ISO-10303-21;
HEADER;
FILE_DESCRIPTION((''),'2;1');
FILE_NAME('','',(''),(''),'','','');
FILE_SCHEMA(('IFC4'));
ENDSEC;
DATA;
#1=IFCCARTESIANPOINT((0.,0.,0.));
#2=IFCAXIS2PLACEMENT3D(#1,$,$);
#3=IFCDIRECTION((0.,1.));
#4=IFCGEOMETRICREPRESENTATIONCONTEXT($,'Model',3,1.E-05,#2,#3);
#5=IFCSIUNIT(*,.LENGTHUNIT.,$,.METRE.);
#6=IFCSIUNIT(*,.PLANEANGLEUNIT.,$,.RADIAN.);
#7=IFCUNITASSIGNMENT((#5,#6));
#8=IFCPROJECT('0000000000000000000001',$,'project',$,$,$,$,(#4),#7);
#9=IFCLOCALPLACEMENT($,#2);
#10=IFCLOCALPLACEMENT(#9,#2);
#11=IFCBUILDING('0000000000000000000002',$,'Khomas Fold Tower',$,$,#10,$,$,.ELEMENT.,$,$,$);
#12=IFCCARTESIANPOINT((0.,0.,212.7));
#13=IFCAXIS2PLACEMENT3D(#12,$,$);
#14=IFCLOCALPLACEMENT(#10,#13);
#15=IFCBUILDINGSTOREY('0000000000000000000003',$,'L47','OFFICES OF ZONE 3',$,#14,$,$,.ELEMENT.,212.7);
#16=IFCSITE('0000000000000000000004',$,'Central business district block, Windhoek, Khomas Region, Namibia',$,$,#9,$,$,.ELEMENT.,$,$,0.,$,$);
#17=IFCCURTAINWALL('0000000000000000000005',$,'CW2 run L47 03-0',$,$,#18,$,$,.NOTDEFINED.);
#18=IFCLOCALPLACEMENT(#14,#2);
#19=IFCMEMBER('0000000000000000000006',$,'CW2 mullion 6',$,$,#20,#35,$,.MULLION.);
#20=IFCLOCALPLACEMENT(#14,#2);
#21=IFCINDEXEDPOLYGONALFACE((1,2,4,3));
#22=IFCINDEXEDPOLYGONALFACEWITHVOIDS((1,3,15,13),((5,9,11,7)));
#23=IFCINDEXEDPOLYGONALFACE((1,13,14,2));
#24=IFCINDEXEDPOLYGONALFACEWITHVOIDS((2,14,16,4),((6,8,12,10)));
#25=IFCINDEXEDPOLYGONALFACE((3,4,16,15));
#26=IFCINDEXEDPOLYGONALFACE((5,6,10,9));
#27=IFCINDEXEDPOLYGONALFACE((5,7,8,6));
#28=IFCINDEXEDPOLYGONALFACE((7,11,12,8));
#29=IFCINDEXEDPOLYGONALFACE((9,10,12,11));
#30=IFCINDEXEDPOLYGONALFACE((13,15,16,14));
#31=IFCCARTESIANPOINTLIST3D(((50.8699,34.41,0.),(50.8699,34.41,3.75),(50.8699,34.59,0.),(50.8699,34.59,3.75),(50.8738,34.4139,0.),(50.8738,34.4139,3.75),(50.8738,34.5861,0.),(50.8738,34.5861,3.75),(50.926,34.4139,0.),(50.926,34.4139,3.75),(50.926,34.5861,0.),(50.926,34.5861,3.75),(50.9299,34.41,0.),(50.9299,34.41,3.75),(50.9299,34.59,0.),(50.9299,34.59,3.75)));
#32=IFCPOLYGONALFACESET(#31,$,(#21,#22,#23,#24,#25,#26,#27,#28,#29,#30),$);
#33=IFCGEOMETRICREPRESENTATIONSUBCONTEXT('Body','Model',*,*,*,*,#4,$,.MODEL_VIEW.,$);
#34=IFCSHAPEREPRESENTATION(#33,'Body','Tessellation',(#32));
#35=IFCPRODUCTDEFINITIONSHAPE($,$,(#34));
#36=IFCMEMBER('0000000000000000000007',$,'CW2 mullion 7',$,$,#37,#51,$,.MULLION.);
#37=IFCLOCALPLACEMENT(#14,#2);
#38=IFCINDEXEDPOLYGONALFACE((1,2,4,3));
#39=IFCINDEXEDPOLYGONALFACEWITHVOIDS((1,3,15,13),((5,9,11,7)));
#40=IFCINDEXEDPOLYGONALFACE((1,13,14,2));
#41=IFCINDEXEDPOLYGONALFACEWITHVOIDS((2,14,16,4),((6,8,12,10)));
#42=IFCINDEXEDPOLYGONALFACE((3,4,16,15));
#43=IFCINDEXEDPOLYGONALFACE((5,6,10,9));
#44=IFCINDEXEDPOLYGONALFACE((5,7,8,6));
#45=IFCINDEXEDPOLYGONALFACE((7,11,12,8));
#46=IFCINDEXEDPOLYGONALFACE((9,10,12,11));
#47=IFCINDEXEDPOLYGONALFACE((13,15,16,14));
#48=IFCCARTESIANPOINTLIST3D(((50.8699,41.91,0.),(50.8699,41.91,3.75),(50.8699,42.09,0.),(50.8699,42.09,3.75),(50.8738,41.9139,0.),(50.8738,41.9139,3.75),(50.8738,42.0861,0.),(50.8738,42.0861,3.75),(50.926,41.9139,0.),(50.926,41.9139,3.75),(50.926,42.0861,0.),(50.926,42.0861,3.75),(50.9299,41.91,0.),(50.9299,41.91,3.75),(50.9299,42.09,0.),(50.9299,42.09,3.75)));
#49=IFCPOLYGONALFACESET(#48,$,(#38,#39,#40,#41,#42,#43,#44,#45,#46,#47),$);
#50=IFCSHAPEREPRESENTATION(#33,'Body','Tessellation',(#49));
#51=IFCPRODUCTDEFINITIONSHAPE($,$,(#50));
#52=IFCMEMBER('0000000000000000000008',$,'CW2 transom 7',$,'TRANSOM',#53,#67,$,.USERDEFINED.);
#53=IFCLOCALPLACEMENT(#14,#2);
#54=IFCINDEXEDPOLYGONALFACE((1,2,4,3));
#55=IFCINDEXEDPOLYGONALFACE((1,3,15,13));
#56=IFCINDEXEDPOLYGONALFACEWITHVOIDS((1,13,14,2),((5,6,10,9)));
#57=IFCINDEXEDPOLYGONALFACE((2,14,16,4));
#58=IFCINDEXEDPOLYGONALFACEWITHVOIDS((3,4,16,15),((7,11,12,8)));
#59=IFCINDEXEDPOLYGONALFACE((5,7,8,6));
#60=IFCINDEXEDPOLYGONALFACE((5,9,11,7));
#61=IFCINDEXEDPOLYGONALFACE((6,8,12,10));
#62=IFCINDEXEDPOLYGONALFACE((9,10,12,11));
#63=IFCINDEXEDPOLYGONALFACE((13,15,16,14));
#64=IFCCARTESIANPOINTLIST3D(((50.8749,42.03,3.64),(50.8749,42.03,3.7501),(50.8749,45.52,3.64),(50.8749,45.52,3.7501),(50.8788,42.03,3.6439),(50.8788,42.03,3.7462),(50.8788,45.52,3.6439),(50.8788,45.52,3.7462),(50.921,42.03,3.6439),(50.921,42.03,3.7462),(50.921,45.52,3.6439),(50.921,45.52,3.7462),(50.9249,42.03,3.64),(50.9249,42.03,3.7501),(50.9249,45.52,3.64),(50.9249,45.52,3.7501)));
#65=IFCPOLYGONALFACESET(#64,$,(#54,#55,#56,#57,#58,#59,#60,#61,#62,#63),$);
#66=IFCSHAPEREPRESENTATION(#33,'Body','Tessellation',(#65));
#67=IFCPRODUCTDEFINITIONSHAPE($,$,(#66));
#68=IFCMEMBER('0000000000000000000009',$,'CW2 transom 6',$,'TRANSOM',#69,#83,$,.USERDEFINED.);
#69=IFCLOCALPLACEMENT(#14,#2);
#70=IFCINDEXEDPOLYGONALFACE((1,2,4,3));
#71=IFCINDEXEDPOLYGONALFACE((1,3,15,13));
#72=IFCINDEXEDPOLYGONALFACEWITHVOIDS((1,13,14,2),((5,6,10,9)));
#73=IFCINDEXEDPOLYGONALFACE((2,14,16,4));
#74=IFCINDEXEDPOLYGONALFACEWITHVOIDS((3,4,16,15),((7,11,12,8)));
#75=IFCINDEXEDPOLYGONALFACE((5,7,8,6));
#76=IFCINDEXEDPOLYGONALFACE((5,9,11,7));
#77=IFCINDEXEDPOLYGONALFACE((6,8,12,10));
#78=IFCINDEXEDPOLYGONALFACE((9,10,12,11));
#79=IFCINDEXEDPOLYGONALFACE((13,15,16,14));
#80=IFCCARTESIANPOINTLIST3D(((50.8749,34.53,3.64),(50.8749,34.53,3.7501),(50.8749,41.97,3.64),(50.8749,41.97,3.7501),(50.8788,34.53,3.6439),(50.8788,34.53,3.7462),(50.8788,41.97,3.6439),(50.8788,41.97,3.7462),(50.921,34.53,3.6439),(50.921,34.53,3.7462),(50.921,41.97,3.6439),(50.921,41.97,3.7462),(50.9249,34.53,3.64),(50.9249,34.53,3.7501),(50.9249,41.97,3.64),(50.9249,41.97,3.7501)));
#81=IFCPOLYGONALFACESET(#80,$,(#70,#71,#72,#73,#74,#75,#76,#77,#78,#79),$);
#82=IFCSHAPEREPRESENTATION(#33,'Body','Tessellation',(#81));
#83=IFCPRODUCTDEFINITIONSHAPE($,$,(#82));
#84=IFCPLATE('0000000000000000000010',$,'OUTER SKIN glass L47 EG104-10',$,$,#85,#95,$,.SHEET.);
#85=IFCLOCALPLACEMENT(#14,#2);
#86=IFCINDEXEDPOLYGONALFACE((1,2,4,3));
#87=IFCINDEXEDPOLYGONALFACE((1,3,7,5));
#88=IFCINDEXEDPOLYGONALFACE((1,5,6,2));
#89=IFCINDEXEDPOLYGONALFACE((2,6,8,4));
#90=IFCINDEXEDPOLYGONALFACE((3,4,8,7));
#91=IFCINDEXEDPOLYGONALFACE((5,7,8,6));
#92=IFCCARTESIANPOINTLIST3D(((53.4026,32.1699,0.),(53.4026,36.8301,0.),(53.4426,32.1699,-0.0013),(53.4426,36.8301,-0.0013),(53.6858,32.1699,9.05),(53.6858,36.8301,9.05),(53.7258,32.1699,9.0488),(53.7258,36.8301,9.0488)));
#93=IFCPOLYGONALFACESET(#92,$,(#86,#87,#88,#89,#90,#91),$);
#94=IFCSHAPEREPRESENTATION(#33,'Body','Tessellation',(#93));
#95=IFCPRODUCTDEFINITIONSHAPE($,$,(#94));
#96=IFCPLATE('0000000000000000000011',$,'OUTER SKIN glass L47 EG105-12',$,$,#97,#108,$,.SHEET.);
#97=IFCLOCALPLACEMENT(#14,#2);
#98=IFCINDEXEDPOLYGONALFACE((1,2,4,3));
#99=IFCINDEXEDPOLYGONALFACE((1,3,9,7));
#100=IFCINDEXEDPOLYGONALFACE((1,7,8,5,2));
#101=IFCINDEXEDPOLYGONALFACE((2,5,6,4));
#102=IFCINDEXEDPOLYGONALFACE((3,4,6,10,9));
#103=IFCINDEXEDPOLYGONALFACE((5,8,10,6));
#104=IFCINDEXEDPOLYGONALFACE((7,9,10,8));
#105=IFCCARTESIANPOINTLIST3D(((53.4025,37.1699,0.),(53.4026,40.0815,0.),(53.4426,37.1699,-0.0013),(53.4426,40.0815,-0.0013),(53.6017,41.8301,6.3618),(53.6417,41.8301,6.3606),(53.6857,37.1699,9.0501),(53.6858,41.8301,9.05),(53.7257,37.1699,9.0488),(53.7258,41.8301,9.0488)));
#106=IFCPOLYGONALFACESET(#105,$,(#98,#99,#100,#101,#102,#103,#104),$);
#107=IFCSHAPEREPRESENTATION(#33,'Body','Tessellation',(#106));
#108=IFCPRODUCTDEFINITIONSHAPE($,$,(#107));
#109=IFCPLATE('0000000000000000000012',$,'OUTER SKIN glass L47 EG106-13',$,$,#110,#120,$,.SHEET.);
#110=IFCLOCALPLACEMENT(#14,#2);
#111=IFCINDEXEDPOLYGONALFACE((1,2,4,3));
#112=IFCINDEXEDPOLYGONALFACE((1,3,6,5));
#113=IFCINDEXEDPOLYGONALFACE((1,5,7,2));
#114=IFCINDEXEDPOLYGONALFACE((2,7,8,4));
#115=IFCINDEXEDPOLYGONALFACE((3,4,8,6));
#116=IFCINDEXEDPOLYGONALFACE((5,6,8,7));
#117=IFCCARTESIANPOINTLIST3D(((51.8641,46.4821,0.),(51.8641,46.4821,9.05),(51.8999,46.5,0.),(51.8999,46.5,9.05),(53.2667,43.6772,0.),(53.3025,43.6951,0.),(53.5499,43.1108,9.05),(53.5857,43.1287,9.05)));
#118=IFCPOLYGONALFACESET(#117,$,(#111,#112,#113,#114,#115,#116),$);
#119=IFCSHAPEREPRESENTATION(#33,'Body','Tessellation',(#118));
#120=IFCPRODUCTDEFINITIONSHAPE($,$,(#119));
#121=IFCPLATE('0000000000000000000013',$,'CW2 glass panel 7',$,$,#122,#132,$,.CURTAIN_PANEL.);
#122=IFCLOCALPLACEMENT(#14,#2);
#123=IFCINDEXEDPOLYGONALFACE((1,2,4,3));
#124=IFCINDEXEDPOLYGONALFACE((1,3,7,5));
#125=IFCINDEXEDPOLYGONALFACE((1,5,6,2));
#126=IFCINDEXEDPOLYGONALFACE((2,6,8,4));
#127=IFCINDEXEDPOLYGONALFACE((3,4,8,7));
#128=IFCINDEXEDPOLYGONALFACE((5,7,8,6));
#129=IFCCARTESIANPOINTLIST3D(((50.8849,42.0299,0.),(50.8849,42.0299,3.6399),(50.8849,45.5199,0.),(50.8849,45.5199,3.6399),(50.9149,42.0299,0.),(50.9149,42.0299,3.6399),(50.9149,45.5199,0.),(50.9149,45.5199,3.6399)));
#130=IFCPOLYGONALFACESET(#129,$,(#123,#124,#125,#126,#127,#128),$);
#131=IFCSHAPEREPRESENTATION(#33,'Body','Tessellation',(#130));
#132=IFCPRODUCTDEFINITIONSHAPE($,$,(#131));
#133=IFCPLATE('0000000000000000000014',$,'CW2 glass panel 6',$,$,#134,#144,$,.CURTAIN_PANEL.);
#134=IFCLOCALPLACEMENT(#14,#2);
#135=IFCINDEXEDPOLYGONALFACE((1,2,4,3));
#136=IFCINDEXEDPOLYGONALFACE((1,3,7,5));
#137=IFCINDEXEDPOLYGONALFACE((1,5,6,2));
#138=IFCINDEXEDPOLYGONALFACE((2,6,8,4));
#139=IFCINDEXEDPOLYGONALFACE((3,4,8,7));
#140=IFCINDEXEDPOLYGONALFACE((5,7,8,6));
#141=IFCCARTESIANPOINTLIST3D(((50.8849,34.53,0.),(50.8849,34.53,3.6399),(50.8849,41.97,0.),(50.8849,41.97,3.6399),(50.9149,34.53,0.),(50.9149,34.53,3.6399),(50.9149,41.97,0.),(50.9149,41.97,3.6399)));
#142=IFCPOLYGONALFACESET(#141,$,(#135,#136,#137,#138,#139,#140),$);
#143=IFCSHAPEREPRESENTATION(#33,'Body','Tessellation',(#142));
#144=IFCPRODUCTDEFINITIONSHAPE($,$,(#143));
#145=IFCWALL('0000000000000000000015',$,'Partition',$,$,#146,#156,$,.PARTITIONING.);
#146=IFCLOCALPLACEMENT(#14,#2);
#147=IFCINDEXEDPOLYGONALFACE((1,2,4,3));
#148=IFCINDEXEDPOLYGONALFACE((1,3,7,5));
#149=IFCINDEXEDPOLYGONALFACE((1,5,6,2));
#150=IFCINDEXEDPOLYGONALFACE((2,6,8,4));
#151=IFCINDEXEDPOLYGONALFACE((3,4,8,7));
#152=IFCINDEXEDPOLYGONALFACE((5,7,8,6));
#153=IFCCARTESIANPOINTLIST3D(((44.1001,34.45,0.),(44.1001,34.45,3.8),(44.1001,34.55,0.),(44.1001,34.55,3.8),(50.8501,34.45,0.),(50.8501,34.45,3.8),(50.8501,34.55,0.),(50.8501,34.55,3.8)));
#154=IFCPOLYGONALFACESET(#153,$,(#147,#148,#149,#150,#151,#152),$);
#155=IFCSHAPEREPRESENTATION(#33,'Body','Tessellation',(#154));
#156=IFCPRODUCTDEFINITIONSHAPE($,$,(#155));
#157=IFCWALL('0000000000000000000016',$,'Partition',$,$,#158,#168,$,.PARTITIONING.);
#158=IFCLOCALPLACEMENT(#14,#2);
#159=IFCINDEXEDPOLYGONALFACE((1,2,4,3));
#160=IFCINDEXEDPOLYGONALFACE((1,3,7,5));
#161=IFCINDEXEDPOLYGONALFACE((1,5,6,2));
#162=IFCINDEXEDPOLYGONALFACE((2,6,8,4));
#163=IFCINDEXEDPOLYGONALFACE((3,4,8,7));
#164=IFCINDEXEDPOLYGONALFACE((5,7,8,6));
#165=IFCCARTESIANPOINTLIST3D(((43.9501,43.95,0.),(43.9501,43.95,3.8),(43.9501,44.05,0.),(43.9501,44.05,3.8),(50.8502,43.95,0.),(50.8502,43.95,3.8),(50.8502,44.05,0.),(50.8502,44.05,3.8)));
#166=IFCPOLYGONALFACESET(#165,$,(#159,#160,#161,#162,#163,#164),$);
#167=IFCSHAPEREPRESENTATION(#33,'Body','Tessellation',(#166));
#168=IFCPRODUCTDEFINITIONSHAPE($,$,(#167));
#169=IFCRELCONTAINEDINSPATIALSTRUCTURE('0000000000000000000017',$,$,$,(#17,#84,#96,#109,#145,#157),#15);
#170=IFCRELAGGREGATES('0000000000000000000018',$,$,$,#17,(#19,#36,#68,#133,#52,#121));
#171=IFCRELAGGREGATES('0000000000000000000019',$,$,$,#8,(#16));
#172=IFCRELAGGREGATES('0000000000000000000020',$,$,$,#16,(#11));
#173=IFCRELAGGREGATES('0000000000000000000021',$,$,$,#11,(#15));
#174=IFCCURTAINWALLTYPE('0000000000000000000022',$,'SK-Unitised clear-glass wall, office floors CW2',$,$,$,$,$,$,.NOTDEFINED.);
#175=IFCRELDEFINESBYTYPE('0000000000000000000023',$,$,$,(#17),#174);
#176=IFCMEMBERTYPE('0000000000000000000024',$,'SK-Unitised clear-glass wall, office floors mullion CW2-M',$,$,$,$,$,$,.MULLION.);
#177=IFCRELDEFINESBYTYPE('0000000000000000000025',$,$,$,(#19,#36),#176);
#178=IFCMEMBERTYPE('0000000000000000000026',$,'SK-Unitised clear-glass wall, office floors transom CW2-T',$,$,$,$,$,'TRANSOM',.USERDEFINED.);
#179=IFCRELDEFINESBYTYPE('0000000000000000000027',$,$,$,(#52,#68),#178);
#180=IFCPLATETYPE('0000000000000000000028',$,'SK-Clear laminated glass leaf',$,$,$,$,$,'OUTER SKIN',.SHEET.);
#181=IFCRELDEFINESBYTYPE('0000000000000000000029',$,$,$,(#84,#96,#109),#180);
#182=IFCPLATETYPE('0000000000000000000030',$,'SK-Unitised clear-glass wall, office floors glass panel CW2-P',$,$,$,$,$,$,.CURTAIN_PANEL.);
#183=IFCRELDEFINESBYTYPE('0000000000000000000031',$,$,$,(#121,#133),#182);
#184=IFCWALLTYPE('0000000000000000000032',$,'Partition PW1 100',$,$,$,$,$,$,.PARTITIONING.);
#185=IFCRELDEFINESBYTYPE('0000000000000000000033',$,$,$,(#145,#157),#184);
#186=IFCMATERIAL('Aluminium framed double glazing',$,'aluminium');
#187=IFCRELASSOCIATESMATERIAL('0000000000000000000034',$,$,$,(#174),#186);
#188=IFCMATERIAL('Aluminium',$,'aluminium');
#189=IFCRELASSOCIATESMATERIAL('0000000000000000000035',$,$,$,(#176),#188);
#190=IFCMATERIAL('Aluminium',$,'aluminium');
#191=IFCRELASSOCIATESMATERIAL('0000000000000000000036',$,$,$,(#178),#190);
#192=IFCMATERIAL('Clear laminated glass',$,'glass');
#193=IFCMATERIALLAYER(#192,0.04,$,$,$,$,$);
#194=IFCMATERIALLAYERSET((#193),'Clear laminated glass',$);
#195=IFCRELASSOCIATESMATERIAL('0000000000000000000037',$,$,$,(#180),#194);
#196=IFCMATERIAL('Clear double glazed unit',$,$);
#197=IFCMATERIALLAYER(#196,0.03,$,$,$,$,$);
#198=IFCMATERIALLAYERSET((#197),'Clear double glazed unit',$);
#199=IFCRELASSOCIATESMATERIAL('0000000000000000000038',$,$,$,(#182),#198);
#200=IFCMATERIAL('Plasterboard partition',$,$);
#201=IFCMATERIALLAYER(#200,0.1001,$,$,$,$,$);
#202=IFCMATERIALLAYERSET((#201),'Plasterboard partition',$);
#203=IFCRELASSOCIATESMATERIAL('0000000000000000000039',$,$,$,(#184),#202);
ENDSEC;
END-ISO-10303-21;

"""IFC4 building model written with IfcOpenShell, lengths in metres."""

from ifc_helpers import new_model, si_unit, direction, frame, frame_2d, origin, origin_2d, place, context, subcontext, project, spatial, polyline, rectangle, hollow_rectangle, outline, extrude, source, transform, mapped, material, layer, layer_set, material_profile, profile_set, type_object, element, aggregate, save


model = new_model("IFC4")

# Units and contexts
model_context = context("Model", 3, precision=1e-05, world=origin(), true_north=direction((0.0, 1.0)))
body_context = subcontext(model_context, "Body", "Model", "MODEL_VIEW")
ifc_project = project(units=[si_unit("LENGTHUNIT", "METRE"), si_unit("PLANEANGLEUNIT", "RADIAN")], contexts=[model_context])

# Site, building, storey
site_placement = place(None, origin())
site = spatial("IfcSite", under=ifc_project, at=site_placement, Name="Central business district block, Windhoek, Khomas Region, Namibia", CompositionType="ELEMENT", RefElevation=0.0)
building_placement = place(site_placement, origin())
building = spatial("IfcBuilding", under=site, at=building_placement, Name="Khomas Fold Tower", CompositionType="ELEMENT")
storey_placement = place(building_placement, frame((0.0, 0.0, 212.7)))
storey = spatial("IfcBuildingStorey", under=building, at=storey_placement, Name="L47", Description="OFFICES OF ZONE 3", CompositionType="ELEMENT", Elevation=212.7)

# Curtain wall, members
ifc_material_1 = material(Name="Aluminium framed double glazing", Category="aluminium")
curtain_wall_type = type_object("IfcCurtainWallType", Name="SK-Unitised clear-glass wall, office floors CW2", PredefinedType="NOTDEFINED", material=ifc_material_1)
curtain_wall_placement = place(storey_placement, origin())
curtain_wall = element("IfcCurtainWall", 1, at=curtain_wall_placement, inside=storey, type_object=curtain_wall_type, Name="CW2 run L47 03-0", PredefinedType="NOTDEFINED")
ifc_material_2 = material(Name="Aluminium", Category="aluminium")
ifc_material_profile_1 = material_profile(ifc_material_2, hollow_rectangle(XDim=0.0601, YDim=0.1799, WallThickness=0.0039, at=origin_2d()), Name="SK-Unitised clear-glass wall, office floors mullion CW2-M")
ifc_profile_set_1 = profile_set([ifc_material_profile_1], Name="Aluminium")
member_type_1 = type_object("IfcMemberType", Name="SK-Unitised clear-glass wall, office floors mullion CW2-M", PredefinedType="MULLION", material=ifc_profile_set_1)
shared_shape_1 = source(origin(), body_context, "Body", "SweptSolid", [
    extrude(hollow_rectangle(XDim=0.0601, YDim=0.1799, WallThickness=0.0039, at=origin_2d()), origin(), (0.0, 0.0, 1.0), 3.75),
])
member_1_placement = place(storey_placement, frame((50.8999, 34.5, 0.0), z_axis=(0.0, 0.0, 1.0), x_axis=(-1.0, 0.0, 0.0)))
member_1 = element("IfcMember", 2, at=member_1_placement, type_object=member_type_1, Name="CW2 mullion 6", PredefinedType="MULLION", context=body_context, shape_type="MappedRepresentation", body=[
    mapped(shared_shape_1, transform((0.0, 0.0, 0.0))),
])
member_2_placement = place(storey_placement, frame((50.8999, 42.0, 0.0), z_axis=(0.0, 0.0, 1.0), x_axis=(-1.0, 0.0, 0.0)))
member_2 = element("IfcMember", 3, at=member_2_placement, type_object=member_type_1, Name="CW2 mullion 7", PredefinedType="MULLION", context=body_context, shape_type="MappedRepresentation", body=[
    mapped(shared_shape_1, transform((0.0, 0.0, 0.0))),
])
ifc_material_3 = material(Name="Aluminium", Category="aluminium")
ifc_material_profile_2 = material_profile(ifc_material_3, hollow_rectangle(XDim=0.05, YDim=0.1101, WallThickness=0.0039, at=origin_2d()), Name="SK-Unitised clear-glass wall, office floors transom CW2-T")
ifc_profile_set_2 = profile_set([ifc_material_profile_2], Name="Aluminium")
member_type_2 = type_object("IfcMemberType", Name="SK-Unitised clear-glass wall, office floors transom CW2-T", ElementType="TRANSOM", PredefinedType="USERDEFINED", material=ifc_profile_set_2)
shared_shape_2 = source(origin(), body_context, "Body", "SweptSolid", [
    extrude(hollow_rectangle(XDim=0.05, YDim=0.1101, WallThickness=0.0039, at=origin_2d()), origin(), (0.0, 0.0, 1.0), 3.49),
])
member_3_placement = place(storey_placement, frame((50.8999, 42.03, 3.6951), z_axis=(0.0, 1.0, 0.0), x_axis=(-1.0, 0.0, 0.0)))
member_3 = element("IfcMember", 4, at=member_3_placement, type_object=member_type_2, Name="CW2 transom 7", ObjectType="TRANSOM", PredefinedType="USERDEFINED", context=body_context, shape_type="MappedRepresentation", body=[
    mapped(shared_shape_2, transform((0.0, 0.0, 0.0))),
])
shared_shape_3 = source(origin(), body_context, "Body", "SweptSolid", [
    extrude(hollow_rectangle(XDim=0.05, YDim=0.1101, WallThickness=0.0039, at=origin_2d()), origin(), (0.0, 0.0, 1.0), 7.4399),
])
member_4_placement = place(storey_placement, frame((50.8999, 34.53, 3.6951), z_axis=(0.0, 1.0, 0.0), x_axis=(-1.0, 0.0, 0.0)))
member_4 = element("IfcMember", 5, at=member_4_placement, type_object=member_type_2, Name="CW2 transom 6", ObjectType="TRANSOM", PredefinedType="USERDEFINED", context=body_context, shape_type="MappedRepresentation", body=[
    mapped(shared_shape_3, transform((0.0, 0.0, 0.0))),
])

# Plates
ifc_material_4 = material(Name="Clear laminated glass", Category="glass")
ifc_layer_1 = layer(ifc_material_4, 0.04)
ifc_layer_set_1 = layer_set([ifc_layer_1], Name="Clear laminated glass")
plate_type_1 = type_object("IfcPlateType", Name="SK-Clear laminated glass leaf", ElementType="OUTER SKIN", PredefinedType="SHEET", material=ifc_layer_set_1)
plate_1_placement = place(storey_placement, frame((53.4026, 32.1699, 0.0), z_axis=(-0.999511, 0.0, 0.031278), x_axis=(0.031278, 0.0, 0.999511)))
element("IfcPlate", 6, at=plate_1_placement, inside=storey, type_object=plate_type_1, Name="OUTER SKIN glass L47 EG104-10", PredefinedType="SHEET", context=body_context, shape_type="SweptSolid", body=[
    extrude(outline(polyline([(0.0, 0.0), (9.0545, 0.0), (9.0545, 4.6602), (0.0, 4.6602), (0.0, 0.0)])), origin(), (0.0, 0.0, -1.0), 0.04),
])
plate_2_placement = place(storey_placement, frame((53.4026, 40.0815, 0.0), z_axis=(-0.999511, 0.000017, 0.031274), x_axis=(-0.000017, -1.0, 0.000001)))
element("IfcPlate", 7, at=plate_2_placement, inside=storey, type_object=plate_type_1, Name="OUTER SKIN glass L47 EG105-12", PredefinedType="SHEET", context=body_context, shape_type="SweptSolid", body=[
    extrude(outline(polyline([(0.0, 0.0), (2.9116, 0.0), (2.9116, 9.0545), (-1.7485, 9.0545), (-1.7485, 6.3649), (0.0, 0.0)])), origin(), (0.0, 0.0, -1.0), 0.04),
])
plate_3_placement = place(storey_placement, frame((53.3025, 43.6951, 0.0), z_axis=(0.894413, 0.447242, 0.000001), x_axis=(0.031218, -0.062433, 0.997561)))
element("IfcPlate", 8, at=plate_3_placement, inside=storey, type_object=plate_type_1, Name="OUTER SKIN glass L47 EG106-13", PredefinedType="SHEET", context=body_context, shape_type="SweptSolid", body=[
    extrude(outline(polyline([(0.0, 0.0), (9.0722, 0.0), (8.8091, -3.7601), (-0.2189, -3.1284), (0.0, 0.0)])), origin(), (0.0, 0.0, -1.0), 0.04),
])

# Plates
ifc_material_5 = material(Name="Clear double glazed unit")
ifc_layer_2 = layer(ifc_material_5, 0.03)
ifc_layer_set_2 = layer_set([ifc_layer_2], Name="Clear double glazed unit")
plate_type_2 = type_object("IfcPlateType", Name="SK-Unitised clear-glass wall, office floors glass panel CW2-P", PredefinedType="CURTAIN_PANEL", material=ifc_layer_set_2)
shared_shape_4 = source(origin(), body_context, "Body", "SweptSolid", [
    extrude(rectangle(XDim=3.49, YDim=0.03, at=origin_2d()), origin(), (0.0, 0.0, 1.0), 3.6399),
])
plate_4_placement = place(storey_placement, frame((50.8999, 43.7749, 0.0), z_axis=(0.0, 0.0, 1.0), x_axis=(0.0, 1.0, 0.0)))
plate_4 = element("IfcPlate", 9, at=plate_4_placement, type_object=plate_type_2, Name="CW2 glass panel 7", PredefinedType="CURTAIN_PANEL", context=body_context, shape_type="MappedRepresentation", body=[
    mapped(shared_shape_4, transform((0.0, 0.0, 0.0))),
])
shared_shape_5 = source(origin(), body_context, "Body", "SweptSolid", [
    extrude(rectangle(XDim=7.4399, YDim=0.03, at=origin_2d()), origin(), (0.0, 0.0, 1.0), 3.6399),
])
plate_5_placement = place(storey_placement, frame((50.8999, 38.25, 0.0), z_axis=(0.0, 0.0, 1.0), x_axis=(0.0, 1.0, 0.0)))
plate_5 = element("IfcPlate", 10, at=plate_5_placement, type_object=plate_type_2, Name="CW2 glass panel 6", PredefinedType="CURTAIN_PANEL", context=body_context, shape_type="MappedRepresentation", body=[
    mapped(shared_shape_5, transform((0.0, 0.0, 0.0))),
])
aggregate(curtain_wall, [member_1, member_2, member_4, plate_5, member_3, plate_4])

# Walls
ifc_material_6 = material(Name="Plasterboard partition")
ifc_layer_3 = layer(ifc_material_6, 0.1001)
ifc_layer_set_3 = layer_set([ifc_layer_3], Name="Plasterboard partition")
wall_type_1 = type_object("IfcWallType", Name="Partition PW1 100", PredefinedType="PARTITIONING", material=ifc_layer_set_3)
shared_shape_6 = source(origin(), body_context, "Body", "SweptSolid", [
    extrude(rectangle(XDim=6.75, YDim=0.1001, at=frame_2d((3.375, 0.0))), origin(), (0.0, 0.0, 1.0), 3.8),
])
wall_1_placement = place(storey_placement, frame((44.1001, 34.5, 0.0), z_axis=(0.0, 0.0, 1.0), x_axis=(1.0, 0.0, 0.0)))
element("IfcWall", 11, at=wall_1_placement, inside=storey, type_object=wall_type_1, Name="Partition", PredefinedType="PARTITIONING", context=body_context, shape_type="MappedRepresentation", body=[
    mapped(shared_shape_6, transform((0.0, 0.0, 0.0))),
])
shared_shape_7 = source(origin(), body_context, "Body", "SweptSolid", [
    extrude(rectangle(XDim=6.9001, YDim=0.1001, at=frame_2d((3.4502, 0.0))), origin(), (0.0, 0.0, 1.0), 3.8),
])
wall_2_placement = place(storey_placement, frame((43.95, 44.0, 0.0), z_axis=(0.0, 0.0, 1.0), x_axis=(1.0, 0.0, 0.0)))
element("IfcWall", 12, at=wall_2_placement, inside=storey, type_object=wall_type_1, Name="Partition", PredefinedType="PARTITIONING", context=body_context, shape_type="MappedRepresentation", body=[
    mapped(shared_shape_7, transform((0.0, 0.0, 0.0))),
])

save(model, "model.ifc")
